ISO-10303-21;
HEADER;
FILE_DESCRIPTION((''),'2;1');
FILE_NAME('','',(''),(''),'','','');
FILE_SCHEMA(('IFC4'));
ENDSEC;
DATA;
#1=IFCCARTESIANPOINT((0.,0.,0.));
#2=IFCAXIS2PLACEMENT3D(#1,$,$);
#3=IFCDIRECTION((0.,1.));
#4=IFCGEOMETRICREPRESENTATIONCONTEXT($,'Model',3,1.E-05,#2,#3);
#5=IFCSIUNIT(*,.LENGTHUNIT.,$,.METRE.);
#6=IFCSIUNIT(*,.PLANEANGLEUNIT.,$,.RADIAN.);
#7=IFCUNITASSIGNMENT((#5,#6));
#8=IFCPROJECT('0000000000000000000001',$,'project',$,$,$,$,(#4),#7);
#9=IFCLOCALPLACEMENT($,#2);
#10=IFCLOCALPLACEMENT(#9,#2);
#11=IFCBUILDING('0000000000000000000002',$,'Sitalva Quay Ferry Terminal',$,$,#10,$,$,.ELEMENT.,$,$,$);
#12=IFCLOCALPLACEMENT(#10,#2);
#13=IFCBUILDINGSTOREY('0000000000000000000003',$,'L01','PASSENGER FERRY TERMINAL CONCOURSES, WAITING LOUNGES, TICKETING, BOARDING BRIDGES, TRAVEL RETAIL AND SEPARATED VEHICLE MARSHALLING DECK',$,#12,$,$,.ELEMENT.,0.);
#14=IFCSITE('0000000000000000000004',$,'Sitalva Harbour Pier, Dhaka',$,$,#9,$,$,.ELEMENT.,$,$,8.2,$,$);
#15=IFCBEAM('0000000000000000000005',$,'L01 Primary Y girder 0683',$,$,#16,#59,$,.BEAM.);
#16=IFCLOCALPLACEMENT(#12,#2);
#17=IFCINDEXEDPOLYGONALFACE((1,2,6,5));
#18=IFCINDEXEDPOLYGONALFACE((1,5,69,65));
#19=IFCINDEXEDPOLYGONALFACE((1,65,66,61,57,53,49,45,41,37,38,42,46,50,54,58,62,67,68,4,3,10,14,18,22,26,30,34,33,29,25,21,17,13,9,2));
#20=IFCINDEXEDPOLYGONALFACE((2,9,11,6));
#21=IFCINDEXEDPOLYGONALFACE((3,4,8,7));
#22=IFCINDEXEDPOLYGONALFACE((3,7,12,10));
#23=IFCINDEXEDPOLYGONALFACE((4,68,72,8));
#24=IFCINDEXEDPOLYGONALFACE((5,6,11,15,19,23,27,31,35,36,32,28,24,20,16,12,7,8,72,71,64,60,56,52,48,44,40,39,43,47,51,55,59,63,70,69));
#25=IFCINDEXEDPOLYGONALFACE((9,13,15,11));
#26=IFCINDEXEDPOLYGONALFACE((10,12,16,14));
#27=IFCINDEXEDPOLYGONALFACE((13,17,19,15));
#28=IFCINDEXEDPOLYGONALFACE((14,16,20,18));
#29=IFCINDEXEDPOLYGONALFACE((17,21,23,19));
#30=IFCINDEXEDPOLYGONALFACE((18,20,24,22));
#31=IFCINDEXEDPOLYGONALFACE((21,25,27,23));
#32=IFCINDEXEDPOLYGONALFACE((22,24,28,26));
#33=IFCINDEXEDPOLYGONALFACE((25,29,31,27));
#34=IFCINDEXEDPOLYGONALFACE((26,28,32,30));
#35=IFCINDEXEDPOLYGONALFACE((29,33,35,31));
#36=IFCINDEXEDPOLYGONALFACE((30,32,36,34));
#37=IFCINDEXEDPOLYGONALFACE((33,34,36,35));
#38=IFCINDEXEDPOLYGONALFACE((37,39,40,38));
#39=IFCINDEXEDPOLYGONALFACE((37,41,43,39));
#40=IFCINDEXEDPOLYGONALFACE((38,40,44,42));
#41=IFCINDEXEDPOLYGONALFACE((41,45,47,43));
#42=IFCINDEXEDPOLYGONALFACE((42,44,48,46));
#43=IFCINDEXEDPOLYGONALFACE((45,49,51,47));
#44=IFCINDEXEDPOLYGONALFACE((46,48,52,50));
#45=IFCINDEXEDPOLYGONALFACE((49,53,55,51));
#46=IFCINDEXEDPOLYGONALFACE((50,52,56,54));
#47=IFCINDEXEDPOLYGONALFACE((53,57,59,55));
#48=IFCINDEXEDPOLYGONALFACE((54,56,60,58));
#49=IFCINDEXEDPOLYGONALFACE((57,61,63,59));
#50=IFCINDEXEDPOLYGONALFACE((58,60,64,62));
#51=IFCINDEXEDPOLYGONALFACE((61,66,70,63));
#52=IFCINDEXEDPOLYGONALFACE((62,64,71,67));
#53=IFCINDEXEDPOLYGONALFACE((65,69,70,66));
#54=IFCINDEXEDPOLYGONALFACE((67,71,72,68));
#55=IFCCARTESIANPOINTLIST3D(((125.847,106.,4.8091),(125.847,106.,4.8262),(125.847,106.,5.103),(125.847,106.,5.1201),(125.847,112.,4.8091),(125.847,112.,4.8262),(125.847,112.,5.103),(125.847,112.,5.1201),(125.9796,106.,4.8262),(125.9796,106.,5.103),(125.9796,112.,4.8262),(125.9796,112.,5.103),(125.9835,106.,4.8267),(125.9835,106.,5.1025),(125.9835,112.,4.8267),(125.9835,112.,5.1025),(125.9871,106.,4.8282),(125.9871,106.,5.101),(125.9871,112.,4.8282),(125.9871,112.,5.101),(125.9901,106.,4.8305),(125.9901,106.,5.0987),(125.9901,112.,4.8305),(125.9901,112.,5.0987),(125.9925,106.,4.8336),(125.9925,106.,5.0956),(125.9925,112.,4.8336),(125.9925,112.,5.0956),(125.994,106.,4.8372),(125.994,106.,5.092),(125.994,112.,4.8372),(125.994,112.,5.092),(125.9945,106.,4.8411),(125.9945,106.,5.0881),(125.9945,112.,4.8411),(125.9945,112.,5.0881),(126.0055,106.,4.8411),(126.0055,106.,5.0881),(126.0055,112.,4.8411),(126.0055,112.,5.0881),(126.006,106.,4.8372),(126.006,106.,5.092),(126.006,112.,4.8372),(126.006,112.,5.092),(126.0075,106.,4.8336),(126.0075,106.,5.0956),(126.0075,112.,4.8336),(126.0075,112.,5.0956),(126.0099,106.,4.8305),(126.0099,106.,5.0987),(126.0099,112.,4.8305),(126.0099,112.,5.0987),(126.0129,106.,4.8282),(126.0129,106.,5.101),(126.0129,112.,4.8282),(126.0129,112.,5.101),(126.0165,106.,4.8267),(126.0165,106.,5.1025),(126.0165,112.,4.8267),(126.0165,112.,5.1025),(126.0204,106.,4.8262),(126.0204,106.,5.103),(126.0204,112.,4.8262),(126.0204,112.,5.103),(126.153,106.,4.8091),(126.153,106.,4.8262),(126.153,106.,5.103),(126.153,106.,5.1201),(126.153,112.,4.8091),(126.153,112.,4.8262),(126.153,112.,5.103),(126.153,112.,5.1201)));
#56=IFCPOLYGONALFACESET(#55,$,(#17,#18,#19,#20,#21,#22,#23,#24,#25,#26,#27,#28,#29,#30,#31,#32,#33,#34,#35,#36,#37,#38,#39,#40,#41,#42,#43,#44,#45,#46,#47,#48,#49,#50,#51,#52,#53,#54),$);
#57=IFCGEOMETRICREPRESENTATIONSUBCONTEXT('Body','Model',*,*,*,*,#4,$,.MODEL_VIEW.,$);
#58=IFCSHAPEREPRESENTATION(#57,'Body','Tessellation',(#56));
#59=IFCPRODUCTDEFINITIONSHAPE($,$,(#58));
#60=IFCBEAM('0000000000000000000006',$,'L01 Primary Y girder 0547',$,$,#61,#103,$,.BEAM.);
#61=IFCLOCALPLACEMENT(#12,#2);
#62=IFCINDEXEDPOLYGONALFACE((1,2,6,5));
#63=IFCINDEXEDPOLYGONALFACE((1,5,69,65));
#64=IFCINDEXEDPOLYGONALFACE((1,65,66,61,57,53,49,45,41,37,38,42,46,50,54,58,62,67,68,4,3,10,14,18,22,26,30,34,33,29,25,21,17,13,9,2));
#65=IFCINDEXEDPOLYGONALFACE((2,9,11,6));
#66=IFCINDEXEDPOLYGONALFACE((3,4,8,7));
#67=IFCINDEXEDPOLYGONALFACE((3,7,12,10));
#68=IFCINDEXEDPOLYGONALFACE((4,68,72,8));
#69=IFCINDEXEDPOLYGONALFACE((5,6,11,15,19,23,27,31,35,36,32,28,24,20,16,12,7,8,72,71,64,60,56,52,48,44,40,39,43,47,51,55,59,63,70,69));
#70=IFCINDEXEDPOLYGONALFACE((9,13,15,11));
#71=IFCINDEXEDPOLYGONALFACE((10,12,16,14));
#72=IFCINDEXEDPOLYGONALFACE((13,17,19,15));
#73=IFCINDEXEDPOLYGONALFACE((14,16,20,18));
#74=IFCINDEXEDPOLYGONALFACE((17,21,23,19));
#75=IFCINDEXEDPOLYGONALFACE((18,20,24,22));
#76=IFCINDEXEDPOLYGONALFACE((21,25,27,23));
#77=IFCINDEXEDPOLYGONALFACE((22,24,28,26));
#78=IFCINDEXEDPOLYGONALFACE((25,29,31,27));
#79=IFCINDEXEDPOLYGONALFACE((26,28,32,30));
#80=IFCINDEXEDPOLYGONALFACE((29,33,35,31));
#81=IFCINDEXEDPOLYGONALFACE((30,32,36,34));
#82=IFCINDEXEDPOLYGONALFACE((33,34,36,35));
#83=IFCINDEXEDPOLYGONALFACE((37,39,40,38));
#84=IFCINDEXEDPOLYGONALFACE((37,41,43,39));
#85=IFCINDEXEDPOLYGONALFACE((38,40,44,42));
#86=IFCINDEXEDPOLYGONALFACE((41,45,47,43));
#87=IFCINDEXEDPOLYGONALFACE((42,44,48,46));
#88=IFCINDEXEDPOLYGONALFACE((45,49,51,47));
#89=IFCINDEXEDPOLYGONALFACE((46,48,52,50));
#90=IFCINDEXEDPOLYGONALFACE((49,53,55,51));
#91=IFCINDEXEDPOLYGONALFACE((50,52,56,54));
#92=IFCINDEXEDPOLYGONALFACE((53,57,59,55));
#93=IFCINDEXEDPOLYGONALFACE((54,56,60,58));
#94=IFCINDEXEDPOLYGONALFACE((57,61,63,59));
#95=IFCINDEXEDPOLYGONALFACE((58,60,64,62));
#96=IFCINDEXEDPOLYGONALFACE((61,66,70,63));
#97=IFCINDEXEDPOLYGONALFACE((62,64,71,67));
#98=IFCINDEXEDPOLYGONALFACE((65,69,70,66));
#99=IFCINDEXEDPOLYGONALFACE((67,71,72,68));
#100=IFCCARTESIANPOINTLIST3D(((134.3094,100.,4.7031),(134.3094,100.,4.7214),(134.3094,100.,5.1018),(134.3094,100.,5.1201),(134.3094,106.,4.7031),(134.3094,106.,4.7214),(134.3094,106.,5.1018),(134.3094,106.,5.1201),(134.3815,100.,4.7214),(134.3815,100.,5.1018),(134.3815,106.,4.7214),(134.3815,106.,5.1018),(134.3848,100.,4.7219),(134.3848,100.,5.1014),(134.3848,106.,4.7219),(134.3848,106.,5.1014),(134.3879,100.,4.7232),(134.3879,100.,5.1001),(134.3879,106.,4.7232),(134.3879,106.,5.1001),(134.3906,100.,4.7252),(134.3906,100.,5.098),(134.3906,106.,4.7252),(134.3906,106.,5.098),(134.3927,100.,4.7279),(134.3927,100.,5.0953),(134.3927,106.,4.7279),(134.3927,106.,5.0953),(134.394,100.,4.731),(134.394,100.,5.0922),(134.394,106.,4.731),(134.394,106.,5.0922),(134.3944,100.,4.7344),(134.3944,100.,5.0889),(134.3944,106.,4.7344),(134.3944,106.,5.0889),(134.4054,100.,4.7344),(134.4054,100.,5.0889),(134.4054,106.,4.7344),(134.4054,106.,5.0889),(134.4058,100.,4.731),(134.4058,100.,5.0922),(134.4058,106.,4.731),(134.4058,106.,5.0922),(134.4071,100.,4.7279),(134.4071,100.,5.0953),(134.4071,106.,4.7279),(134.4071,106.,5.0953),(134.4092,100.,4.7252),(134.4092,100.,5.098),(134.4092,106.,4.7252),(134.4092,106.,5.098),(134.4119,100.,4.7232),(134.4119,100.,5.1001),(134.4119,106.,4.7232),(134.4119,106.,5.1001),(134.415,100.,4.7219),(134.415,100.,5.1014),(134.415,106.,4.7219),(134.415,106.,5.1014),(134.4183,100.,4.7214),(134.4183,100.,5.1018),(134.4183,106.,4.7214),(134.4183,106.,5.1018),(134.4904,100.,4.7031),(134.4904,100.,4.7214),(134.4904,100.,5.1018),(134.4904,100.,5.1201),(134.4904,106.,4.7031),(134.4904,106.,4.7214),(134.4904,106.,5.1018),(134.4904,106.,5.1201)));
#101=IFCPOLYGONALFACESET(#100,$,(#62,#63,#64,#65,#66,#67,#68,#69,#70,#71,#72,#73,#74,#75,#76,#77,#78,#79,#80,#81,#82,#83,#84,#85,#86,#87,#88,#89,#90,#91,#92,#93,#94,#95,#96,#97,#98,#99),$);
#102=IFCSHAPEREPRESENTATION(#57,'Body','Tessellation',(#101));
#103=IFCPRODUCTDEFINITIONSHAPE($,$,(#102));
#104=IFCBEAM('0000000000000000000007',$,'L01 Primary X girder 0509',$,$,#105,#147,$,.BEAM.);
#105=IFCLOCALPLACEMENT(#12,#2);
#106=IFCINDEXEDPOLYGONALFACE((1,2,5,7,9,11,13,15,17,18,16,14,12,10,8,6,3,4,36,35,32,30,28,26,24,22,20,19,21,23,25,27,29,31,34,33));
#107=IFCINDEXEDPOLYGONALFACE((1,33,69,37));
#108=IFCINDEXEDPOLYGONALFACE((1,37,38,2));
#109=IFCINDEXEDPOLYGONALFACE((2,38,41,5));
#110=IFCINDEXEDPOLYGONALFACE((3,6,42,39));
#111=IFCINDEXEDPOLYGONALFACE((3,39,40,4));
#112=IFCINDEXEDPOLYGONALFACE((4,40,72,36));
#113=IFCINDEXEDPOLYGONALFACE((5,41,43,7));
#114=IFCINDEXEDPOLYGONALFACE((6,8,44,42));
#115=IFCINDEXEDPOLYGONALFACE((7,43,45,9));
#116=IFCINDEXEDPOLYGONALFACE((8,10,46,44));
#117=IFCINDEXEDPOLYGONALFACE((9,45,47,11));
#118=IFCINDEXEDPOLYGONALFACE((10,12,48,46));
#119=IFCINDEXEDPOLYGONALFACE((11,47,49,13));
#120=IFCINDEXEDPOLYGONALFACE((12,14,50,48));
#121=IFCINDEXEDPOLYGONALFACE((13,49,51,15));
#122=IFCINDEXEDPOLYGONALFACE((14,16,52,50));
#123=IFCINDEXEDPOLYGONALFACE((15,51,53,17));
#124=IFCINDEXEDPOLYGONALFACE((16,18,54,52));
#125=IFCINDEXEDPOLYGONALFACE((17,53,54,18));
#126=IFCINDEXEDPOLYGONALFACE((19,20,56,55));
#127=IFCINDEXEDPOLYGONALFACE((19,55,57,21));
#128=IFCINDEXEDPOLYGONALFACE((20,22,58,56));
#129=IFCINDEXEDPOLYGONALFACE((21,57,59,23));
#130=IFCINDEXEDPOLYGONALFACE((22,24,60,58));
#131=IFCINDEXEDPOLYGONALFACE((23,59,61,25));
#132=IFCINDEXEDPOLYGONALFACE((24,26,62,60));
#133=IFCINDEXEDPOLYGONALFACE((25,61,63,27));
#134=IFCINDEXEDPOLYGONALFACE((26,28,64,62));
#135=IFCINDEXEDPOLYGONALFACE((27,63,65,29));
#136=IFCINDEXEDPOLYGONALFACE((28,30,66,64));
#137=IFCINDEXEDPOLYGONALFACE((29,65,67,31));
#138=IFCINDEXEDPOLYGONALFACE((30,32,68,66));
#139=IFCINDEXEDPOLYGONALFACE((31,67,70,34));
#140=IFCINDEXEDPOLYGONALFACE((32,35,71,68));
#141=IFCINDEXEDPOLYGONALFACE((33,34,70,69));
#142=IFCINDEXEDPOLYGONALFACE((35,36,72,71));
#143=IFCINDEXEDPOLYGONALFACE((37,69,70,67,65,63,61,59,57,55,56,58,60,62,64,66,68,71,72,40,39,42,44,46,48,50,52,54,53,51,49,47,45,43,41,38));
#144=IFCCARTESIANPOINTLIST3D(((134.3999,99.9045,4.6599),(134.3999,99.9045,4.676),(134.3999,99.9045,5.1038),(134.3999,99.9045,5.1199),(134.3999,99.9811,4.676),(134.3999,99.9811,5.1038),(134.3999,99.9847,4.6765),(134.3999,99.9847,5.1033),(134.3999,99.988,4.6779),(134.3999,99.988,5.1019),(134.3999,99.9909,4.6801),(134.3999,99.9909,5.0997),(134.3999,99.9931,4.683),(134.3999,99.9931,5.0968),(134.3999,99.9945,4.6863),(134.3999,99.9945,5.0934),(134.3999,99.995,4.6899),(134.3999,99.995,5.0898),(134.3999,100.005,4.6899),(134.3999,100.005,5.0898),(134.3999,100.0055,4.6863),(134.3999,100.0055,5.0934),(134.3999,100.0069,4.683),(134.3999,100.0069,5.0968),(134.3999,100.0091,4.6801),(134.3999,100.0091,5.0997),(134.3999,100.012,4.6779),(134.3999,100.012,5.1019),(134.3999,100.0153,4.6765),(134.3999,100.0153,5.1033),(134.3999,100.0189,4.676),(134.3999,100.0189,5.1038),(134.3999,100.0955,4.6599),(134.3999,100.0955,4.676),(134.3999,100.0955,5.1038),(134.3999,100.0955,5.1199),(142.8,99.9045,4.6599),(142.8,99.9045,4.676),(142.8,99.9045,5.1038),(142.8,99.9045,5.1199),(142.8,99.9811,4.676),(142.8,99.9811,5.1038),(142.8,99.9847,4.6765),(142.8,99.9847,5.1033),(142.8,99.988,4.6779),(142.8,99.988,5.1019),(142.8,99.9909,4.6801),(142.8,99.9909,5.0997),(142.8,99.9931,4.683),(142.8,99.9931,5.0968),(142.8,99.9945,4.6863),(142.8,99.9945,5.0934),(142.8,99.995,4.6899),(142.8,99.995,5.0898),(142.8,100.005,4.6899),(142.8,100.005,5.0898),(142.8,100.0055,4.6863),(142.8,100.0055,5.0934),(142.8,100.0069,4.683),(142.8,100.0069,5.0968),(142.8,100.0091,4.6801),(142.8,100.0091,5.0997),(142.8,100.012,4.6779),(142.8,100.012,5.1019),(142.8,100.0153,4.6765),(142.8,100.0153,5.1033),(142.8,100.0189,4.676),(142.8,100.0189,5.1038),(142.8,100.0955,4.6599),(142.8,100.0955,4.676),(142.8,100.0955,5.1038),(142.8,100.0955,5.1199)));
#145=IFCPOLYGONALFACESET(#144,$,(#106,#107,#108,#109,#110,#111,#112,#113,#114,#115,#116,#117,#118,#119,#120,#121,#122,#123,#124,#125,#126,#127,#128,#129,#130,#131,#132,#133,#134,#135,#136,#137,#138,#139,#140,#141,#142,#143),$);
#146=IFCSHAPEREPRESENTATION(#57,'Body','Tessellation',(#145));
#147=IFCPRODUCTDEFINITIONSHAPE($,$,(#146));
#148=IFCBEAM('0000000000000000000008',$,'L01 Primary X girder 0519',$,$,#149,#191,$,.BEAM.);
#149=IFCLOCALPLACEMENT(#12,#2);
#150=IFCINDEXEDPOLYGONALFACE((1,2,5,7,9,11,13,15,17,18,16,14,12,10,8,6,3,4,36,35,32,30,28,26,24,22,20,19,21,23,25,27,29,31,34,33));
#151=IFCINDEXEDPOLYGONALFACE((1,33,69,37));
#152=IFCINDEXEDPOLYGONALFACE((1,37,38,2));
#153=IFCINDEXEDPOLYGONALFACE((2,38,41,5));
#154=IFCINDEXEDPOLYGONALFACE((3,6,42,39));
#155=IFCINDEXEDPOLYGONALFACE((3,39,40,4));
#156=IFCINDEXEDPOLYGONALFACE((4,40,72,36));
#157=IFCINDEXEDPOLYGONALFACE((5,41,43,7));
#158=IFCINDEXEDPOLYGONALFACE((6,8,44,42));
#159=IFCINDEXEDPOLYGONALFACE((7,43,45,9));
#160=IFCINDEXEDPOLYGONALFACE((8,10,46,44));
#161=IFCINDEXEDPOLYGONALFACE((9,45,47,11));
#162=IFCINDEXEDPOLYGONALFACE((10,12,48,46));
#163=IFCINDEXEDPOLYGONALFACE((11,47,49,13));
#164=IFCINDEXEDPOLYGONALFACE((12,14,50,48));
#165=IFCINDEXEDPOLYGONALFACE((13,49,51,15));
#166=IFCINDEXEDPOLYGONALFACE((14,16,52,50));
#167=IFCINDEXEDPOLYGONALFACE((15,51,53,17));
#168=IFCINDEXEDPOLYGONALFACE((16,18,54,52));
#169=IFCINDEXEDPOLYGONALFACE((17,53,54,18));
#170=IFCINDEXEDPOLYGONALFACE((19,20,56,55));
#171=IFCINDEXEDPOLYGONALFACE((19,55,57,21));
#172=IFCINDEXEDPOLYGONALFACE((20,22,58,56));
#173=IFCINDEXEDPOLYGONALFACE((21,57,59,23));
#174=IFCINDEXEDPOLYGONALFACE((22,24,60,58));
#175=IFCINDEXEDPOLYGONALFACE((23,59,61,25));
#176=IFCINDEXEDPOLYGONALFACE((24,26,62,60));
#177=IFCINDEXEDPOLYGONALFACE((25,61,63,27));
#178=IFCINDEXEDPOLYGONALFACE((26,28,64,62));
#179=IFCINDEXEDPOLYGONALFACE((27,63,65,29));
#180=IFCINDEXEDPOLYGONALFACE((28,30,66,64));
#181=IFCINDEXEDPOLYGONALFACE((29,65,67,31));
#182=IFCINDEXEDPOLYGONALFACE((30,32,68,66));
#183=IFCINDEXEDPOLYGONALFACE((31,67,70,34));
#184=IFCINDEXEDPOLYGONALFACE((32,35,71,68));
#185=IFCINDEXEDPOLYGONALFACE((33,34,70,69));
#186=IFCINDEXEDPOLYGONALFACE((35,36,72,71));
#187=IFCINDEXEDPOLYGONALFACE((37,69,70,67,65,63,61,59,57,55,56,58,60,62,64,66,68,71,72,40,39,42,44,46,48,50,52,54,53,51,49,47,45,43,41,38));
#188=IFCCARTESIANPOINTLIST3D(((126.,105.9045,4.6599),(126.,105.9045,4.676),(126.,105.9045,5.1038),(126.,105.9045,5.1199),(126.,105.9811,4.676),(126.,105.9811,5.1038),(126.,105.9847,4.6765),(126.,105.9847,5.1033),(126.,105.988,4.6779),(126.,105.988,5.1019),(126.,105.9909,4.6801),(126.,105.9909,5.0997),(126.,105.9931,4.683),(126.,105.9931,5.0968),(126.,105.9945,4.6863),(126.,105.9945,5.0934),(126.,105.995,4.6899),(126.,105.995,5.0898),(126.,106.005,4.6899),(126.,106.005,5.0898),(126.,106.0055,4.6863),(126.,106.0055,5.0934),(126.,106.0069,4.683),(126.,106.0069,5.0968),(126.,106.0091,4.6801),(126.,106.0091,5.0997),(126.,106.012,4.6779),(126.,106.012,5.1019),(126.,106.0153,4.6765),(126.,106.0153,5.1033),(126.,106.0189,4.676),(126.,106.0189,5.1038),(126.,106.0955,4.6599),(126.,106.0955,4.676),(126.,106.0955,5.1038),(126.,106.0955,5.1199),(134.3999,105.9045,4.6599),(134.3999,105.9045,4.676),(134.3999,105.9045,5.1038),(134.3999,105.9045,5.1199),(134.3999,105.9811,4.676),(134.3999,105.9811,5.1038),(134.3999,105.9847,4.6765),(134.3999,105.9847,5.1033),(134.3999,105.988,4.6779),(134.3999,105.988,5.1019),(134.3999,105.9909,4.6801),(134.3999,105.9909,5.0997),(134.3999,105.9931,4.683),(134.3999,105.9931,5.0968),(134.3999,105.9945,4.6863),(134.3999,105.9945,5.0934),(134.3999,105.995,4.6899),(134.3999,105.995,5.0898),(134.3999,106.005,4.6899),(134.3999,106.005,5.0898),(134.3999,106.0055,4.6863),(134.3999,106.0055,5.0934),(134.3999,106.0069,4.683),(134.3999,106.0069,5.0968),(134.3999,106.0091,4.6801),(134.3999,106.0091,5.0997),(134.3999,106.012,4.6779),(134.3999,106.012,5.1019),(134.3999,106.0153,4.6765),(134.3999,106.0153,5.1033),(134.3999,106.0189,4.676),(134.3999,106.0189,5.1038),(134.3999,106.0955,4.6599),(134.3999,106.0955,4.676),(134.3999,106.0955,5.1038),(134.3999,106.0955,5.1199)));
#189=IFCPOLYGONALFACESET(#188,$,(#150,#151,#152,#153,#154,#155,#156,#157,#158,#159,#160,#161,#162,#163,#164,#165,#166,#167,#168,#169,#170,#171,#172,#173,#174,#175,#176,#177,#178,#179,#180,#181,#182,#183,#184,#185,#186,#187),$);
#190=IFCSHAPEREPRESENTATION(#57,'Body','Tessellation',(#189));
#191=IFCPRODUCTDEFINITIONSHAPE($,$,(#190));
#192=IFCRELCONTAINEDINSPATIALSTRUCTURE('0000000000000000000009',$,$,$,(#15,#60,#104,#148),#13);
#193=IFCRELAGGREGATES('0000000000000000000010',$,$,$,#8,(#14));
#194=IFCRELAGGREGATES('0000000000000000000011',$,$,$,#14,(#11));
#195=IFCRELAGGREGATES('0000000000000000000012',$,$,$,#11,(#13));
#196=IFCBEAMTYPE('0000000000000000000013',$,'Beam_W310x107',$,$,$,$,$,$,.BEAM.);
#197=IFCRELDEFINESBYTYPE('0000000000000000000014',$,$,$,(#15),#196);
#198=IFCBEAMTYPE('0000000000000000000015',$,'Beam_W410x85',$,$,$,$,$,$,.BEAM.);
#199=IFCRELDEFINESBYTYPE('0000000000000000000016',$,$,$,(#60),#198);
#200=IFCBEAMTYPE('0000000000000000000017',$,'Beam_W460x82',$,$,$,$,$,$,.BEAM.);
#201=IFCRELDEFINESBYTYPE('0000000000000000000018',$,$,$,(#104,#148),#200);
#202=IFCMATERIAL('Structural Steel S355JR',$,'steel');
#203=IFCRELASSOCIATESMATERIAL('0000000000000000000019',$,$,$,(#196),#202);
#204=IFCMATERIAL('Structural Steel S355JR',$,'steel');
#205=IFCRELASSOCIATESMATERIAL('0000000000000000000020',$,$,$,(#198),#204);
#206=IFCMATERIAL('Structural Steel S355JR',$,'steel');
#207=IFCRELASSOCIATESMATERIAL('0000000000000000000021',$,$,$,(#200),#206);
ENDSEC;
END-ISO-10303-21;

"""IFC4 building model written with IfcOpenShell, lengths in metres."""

from ifc_helpers import new_model, si_unit, direction, frame, origin, origin_2d, place, context, subcontext, project, spatial, i_section, extrude, material, material_profile, profile_set, type_object, element, save


model = new_model("IFC4")

# Units and contexts
model_context = context("Model", 3, precision=1e-05, world=origin(), true_north=direction((0.0, 1.0)))
body_context = subcontext(model_context, "Body", "Model", "MODEL_VIEW")
ifc_project = project(units=[si_unit("LENGTHUNIT", "METRE"), si_unit("PLANEANGLEUNIT", "RADIAN")], contexts=[model_context])

# Site, building, storey
site_placement = place(None, origin())
site = spatial("IfcSite", under=ifc_project, at=site_placement, Name="Sitalva Harbour Pier, Dhaka", CompositionType="ELEMENT", RefElevation=8.2)
building_placement = place(site_placement, origin())
building = spatial("IfcBuilding", under=site, at=building_placement, Name="Sitalva Quay Ferry Terminal", CompositionType="ELEMENT")
storey_placement = place(building_placement, origin())
storey = spatial("IfcBuildingStorey", under=building, at=storey_placement, Name="L01", Description="PASSENGER FERRY TERMINAL CONCOURSES, WAITING LOUNGES, TICKETING, BOARDING BRIDGES, TRAVEL RETAIL AND SEPARATED VEHICLE MARSHALLING DECK", CompositionType="ELEMENT", Elevation=0.0)

# Beams
ifc_material_1 = material(Name="Structural Steel S355JR", Category="steel")
ifc_material_profile_1 = material_profile(ifc_material_1, i_section(OverallWidth=0.3059, OverallDepth=0.311, WebThickness=0.011, FlangeThickness=0.0171, FilletRadius=0.0149, at=origin_2d()), Name="W310x107")
ifc_profile_set_1 = profile_set([ifc_material_profile_1], Name="Structural Steel S355JR")
beam_type_1 = type_object("IfcBeamType", Name="Beam_W310x107", PredefinedType="BEAM", material=ifc_profile_set_1)
beam_1_placement = place(storey_placement, frame((126.0, 106.0, 4.9646), z_axis=(0.0, 1.0, 0.0), x_axis=(-1.0, 0.0, 0.0)))
element("IfcBeam", 1, at=beam_1_placement, inside=storey, type_object=beam_type_1, Name="L01 Primary Y girder 0683", PredefinedType="BEAM", context=body_context, shape_type="SweptSolid", body=[
    extrude(i_section(OverallWidth=0.3059, OverallDepth=0.311, WebThickness=0.011, FlangeThickness=0.0171, FilletRadius=0.0149, at=origin_2d()), origin(), (0.0, 0.0, 1.0), 6.0),
])
ifc_material_2 = material(Name="Structural Steel S355JR", Category="steel")
ifc_material_profile_2 = material_profile(ifc_material_2, i_section(OverallWidth=0.1809, OverallDepth=0.417, WebThickness=0.011, FlangeThickness=0.0183, FilletRadius=0.0129, at=origin_2d()), Name="W410x85")
ifc_profile_set_2 = profile_set([ifc_material_profile_2], Name="Structural Steel S355JR")
beam_type_2 = type_object("IfcBeamType", Name="Beam_W410x85", PredefinedType="BEAM", material=ifc_profile_set_2)
beam_2_placement = place(storey_placement, frame((134.3999, 100.0, 4.9116), z_axis=(0.0, 1.0, 0.0), x_axis=(-1.0, 0.0, 0.0)))
element("IfcBeam", 2, at=beam_2_placement, inside=storey, type_object=beam_type_2, Name="L01 Primary Y girder 0547", PredefinedType="BEAM", context=body_context, shape_type="SweptSolid", body=[
    extrude(i_section(OverallWidth=0.1809, OverallDepth=0.417, WebThickness=0.011, FlangeThickness=0.0183, FilletRadius=0.0129, at=origin_2d()), origin(), (0.0, 0.0, 1.0), 6.0),
])
ifc_material_3 = material(Name="Structural Steel S355JR", Category="steel")
ifc_material_profile_3 = material_profile(ifc_material_3, i_section(OverallWidth=0.1909, OverallDepth=0.46, WebThickness=0.01, FlangeThickness=0.0161, FilletRadius=0.0139, at=origin_2d()), Name="W460x82")
ifc_profile_set_3 = profile_set([ifc_material_profile_3], Name="Structural Steel S355JR")
beam_type_3 = type_object("IfcBeamType", Name="Beam_W460x82", PredefinedType="BEAM", material=ifc_profile_set_3)
beam_3_placement = place(storey_placement, frame((134.3999, 100.0, 4.8899), z_axis=(1.0, 0.0, 0.0), x_axis=(0.0, 1.0, 0.0)))
element("IfcBeam", 3, at=beam_3_placement, inside=storey, type_object=beam_type_3, Name="L01 Primary X girder 0509", PredefinedType="BEAM", context=body_context, shape_type="SweptSolid", body=[
    extrude(i_section(OverallWidth=0.1909, OverallDepth=0.46, WebThickness=0.01, FlangeThickness=0.0161, FilletRadius=0.0139, at=origin_2d()), origin(), (0.0, 0.0, 1.0), 8.4001),
])
beam_4_placement = place(storey_placement, frame((126.0, 106.0, 4.8899), z_axis=(1.0, 0.0, 0.0), x_axis=(0.0, 1.0, 0.0)))
element("IfcBeam", 4, at=beam_4_placement, inside=storey, type_object=beam_type_3, Name="L01 Primary X girder 0519", PredefinedType="BEAM", context=body_context, shape_type="SweptSolid", body=[
    extrude(i_section(OverallWidth=0.1909, OverallDepth=0.46, WebThickness=0.01, FlangeThickness=0.0161, FilletRadius=0.0139, at=origin_2d()), origin(), (0.0, 0.0, 1.0), 8.3999),
])

save(model, "model.ifc")
